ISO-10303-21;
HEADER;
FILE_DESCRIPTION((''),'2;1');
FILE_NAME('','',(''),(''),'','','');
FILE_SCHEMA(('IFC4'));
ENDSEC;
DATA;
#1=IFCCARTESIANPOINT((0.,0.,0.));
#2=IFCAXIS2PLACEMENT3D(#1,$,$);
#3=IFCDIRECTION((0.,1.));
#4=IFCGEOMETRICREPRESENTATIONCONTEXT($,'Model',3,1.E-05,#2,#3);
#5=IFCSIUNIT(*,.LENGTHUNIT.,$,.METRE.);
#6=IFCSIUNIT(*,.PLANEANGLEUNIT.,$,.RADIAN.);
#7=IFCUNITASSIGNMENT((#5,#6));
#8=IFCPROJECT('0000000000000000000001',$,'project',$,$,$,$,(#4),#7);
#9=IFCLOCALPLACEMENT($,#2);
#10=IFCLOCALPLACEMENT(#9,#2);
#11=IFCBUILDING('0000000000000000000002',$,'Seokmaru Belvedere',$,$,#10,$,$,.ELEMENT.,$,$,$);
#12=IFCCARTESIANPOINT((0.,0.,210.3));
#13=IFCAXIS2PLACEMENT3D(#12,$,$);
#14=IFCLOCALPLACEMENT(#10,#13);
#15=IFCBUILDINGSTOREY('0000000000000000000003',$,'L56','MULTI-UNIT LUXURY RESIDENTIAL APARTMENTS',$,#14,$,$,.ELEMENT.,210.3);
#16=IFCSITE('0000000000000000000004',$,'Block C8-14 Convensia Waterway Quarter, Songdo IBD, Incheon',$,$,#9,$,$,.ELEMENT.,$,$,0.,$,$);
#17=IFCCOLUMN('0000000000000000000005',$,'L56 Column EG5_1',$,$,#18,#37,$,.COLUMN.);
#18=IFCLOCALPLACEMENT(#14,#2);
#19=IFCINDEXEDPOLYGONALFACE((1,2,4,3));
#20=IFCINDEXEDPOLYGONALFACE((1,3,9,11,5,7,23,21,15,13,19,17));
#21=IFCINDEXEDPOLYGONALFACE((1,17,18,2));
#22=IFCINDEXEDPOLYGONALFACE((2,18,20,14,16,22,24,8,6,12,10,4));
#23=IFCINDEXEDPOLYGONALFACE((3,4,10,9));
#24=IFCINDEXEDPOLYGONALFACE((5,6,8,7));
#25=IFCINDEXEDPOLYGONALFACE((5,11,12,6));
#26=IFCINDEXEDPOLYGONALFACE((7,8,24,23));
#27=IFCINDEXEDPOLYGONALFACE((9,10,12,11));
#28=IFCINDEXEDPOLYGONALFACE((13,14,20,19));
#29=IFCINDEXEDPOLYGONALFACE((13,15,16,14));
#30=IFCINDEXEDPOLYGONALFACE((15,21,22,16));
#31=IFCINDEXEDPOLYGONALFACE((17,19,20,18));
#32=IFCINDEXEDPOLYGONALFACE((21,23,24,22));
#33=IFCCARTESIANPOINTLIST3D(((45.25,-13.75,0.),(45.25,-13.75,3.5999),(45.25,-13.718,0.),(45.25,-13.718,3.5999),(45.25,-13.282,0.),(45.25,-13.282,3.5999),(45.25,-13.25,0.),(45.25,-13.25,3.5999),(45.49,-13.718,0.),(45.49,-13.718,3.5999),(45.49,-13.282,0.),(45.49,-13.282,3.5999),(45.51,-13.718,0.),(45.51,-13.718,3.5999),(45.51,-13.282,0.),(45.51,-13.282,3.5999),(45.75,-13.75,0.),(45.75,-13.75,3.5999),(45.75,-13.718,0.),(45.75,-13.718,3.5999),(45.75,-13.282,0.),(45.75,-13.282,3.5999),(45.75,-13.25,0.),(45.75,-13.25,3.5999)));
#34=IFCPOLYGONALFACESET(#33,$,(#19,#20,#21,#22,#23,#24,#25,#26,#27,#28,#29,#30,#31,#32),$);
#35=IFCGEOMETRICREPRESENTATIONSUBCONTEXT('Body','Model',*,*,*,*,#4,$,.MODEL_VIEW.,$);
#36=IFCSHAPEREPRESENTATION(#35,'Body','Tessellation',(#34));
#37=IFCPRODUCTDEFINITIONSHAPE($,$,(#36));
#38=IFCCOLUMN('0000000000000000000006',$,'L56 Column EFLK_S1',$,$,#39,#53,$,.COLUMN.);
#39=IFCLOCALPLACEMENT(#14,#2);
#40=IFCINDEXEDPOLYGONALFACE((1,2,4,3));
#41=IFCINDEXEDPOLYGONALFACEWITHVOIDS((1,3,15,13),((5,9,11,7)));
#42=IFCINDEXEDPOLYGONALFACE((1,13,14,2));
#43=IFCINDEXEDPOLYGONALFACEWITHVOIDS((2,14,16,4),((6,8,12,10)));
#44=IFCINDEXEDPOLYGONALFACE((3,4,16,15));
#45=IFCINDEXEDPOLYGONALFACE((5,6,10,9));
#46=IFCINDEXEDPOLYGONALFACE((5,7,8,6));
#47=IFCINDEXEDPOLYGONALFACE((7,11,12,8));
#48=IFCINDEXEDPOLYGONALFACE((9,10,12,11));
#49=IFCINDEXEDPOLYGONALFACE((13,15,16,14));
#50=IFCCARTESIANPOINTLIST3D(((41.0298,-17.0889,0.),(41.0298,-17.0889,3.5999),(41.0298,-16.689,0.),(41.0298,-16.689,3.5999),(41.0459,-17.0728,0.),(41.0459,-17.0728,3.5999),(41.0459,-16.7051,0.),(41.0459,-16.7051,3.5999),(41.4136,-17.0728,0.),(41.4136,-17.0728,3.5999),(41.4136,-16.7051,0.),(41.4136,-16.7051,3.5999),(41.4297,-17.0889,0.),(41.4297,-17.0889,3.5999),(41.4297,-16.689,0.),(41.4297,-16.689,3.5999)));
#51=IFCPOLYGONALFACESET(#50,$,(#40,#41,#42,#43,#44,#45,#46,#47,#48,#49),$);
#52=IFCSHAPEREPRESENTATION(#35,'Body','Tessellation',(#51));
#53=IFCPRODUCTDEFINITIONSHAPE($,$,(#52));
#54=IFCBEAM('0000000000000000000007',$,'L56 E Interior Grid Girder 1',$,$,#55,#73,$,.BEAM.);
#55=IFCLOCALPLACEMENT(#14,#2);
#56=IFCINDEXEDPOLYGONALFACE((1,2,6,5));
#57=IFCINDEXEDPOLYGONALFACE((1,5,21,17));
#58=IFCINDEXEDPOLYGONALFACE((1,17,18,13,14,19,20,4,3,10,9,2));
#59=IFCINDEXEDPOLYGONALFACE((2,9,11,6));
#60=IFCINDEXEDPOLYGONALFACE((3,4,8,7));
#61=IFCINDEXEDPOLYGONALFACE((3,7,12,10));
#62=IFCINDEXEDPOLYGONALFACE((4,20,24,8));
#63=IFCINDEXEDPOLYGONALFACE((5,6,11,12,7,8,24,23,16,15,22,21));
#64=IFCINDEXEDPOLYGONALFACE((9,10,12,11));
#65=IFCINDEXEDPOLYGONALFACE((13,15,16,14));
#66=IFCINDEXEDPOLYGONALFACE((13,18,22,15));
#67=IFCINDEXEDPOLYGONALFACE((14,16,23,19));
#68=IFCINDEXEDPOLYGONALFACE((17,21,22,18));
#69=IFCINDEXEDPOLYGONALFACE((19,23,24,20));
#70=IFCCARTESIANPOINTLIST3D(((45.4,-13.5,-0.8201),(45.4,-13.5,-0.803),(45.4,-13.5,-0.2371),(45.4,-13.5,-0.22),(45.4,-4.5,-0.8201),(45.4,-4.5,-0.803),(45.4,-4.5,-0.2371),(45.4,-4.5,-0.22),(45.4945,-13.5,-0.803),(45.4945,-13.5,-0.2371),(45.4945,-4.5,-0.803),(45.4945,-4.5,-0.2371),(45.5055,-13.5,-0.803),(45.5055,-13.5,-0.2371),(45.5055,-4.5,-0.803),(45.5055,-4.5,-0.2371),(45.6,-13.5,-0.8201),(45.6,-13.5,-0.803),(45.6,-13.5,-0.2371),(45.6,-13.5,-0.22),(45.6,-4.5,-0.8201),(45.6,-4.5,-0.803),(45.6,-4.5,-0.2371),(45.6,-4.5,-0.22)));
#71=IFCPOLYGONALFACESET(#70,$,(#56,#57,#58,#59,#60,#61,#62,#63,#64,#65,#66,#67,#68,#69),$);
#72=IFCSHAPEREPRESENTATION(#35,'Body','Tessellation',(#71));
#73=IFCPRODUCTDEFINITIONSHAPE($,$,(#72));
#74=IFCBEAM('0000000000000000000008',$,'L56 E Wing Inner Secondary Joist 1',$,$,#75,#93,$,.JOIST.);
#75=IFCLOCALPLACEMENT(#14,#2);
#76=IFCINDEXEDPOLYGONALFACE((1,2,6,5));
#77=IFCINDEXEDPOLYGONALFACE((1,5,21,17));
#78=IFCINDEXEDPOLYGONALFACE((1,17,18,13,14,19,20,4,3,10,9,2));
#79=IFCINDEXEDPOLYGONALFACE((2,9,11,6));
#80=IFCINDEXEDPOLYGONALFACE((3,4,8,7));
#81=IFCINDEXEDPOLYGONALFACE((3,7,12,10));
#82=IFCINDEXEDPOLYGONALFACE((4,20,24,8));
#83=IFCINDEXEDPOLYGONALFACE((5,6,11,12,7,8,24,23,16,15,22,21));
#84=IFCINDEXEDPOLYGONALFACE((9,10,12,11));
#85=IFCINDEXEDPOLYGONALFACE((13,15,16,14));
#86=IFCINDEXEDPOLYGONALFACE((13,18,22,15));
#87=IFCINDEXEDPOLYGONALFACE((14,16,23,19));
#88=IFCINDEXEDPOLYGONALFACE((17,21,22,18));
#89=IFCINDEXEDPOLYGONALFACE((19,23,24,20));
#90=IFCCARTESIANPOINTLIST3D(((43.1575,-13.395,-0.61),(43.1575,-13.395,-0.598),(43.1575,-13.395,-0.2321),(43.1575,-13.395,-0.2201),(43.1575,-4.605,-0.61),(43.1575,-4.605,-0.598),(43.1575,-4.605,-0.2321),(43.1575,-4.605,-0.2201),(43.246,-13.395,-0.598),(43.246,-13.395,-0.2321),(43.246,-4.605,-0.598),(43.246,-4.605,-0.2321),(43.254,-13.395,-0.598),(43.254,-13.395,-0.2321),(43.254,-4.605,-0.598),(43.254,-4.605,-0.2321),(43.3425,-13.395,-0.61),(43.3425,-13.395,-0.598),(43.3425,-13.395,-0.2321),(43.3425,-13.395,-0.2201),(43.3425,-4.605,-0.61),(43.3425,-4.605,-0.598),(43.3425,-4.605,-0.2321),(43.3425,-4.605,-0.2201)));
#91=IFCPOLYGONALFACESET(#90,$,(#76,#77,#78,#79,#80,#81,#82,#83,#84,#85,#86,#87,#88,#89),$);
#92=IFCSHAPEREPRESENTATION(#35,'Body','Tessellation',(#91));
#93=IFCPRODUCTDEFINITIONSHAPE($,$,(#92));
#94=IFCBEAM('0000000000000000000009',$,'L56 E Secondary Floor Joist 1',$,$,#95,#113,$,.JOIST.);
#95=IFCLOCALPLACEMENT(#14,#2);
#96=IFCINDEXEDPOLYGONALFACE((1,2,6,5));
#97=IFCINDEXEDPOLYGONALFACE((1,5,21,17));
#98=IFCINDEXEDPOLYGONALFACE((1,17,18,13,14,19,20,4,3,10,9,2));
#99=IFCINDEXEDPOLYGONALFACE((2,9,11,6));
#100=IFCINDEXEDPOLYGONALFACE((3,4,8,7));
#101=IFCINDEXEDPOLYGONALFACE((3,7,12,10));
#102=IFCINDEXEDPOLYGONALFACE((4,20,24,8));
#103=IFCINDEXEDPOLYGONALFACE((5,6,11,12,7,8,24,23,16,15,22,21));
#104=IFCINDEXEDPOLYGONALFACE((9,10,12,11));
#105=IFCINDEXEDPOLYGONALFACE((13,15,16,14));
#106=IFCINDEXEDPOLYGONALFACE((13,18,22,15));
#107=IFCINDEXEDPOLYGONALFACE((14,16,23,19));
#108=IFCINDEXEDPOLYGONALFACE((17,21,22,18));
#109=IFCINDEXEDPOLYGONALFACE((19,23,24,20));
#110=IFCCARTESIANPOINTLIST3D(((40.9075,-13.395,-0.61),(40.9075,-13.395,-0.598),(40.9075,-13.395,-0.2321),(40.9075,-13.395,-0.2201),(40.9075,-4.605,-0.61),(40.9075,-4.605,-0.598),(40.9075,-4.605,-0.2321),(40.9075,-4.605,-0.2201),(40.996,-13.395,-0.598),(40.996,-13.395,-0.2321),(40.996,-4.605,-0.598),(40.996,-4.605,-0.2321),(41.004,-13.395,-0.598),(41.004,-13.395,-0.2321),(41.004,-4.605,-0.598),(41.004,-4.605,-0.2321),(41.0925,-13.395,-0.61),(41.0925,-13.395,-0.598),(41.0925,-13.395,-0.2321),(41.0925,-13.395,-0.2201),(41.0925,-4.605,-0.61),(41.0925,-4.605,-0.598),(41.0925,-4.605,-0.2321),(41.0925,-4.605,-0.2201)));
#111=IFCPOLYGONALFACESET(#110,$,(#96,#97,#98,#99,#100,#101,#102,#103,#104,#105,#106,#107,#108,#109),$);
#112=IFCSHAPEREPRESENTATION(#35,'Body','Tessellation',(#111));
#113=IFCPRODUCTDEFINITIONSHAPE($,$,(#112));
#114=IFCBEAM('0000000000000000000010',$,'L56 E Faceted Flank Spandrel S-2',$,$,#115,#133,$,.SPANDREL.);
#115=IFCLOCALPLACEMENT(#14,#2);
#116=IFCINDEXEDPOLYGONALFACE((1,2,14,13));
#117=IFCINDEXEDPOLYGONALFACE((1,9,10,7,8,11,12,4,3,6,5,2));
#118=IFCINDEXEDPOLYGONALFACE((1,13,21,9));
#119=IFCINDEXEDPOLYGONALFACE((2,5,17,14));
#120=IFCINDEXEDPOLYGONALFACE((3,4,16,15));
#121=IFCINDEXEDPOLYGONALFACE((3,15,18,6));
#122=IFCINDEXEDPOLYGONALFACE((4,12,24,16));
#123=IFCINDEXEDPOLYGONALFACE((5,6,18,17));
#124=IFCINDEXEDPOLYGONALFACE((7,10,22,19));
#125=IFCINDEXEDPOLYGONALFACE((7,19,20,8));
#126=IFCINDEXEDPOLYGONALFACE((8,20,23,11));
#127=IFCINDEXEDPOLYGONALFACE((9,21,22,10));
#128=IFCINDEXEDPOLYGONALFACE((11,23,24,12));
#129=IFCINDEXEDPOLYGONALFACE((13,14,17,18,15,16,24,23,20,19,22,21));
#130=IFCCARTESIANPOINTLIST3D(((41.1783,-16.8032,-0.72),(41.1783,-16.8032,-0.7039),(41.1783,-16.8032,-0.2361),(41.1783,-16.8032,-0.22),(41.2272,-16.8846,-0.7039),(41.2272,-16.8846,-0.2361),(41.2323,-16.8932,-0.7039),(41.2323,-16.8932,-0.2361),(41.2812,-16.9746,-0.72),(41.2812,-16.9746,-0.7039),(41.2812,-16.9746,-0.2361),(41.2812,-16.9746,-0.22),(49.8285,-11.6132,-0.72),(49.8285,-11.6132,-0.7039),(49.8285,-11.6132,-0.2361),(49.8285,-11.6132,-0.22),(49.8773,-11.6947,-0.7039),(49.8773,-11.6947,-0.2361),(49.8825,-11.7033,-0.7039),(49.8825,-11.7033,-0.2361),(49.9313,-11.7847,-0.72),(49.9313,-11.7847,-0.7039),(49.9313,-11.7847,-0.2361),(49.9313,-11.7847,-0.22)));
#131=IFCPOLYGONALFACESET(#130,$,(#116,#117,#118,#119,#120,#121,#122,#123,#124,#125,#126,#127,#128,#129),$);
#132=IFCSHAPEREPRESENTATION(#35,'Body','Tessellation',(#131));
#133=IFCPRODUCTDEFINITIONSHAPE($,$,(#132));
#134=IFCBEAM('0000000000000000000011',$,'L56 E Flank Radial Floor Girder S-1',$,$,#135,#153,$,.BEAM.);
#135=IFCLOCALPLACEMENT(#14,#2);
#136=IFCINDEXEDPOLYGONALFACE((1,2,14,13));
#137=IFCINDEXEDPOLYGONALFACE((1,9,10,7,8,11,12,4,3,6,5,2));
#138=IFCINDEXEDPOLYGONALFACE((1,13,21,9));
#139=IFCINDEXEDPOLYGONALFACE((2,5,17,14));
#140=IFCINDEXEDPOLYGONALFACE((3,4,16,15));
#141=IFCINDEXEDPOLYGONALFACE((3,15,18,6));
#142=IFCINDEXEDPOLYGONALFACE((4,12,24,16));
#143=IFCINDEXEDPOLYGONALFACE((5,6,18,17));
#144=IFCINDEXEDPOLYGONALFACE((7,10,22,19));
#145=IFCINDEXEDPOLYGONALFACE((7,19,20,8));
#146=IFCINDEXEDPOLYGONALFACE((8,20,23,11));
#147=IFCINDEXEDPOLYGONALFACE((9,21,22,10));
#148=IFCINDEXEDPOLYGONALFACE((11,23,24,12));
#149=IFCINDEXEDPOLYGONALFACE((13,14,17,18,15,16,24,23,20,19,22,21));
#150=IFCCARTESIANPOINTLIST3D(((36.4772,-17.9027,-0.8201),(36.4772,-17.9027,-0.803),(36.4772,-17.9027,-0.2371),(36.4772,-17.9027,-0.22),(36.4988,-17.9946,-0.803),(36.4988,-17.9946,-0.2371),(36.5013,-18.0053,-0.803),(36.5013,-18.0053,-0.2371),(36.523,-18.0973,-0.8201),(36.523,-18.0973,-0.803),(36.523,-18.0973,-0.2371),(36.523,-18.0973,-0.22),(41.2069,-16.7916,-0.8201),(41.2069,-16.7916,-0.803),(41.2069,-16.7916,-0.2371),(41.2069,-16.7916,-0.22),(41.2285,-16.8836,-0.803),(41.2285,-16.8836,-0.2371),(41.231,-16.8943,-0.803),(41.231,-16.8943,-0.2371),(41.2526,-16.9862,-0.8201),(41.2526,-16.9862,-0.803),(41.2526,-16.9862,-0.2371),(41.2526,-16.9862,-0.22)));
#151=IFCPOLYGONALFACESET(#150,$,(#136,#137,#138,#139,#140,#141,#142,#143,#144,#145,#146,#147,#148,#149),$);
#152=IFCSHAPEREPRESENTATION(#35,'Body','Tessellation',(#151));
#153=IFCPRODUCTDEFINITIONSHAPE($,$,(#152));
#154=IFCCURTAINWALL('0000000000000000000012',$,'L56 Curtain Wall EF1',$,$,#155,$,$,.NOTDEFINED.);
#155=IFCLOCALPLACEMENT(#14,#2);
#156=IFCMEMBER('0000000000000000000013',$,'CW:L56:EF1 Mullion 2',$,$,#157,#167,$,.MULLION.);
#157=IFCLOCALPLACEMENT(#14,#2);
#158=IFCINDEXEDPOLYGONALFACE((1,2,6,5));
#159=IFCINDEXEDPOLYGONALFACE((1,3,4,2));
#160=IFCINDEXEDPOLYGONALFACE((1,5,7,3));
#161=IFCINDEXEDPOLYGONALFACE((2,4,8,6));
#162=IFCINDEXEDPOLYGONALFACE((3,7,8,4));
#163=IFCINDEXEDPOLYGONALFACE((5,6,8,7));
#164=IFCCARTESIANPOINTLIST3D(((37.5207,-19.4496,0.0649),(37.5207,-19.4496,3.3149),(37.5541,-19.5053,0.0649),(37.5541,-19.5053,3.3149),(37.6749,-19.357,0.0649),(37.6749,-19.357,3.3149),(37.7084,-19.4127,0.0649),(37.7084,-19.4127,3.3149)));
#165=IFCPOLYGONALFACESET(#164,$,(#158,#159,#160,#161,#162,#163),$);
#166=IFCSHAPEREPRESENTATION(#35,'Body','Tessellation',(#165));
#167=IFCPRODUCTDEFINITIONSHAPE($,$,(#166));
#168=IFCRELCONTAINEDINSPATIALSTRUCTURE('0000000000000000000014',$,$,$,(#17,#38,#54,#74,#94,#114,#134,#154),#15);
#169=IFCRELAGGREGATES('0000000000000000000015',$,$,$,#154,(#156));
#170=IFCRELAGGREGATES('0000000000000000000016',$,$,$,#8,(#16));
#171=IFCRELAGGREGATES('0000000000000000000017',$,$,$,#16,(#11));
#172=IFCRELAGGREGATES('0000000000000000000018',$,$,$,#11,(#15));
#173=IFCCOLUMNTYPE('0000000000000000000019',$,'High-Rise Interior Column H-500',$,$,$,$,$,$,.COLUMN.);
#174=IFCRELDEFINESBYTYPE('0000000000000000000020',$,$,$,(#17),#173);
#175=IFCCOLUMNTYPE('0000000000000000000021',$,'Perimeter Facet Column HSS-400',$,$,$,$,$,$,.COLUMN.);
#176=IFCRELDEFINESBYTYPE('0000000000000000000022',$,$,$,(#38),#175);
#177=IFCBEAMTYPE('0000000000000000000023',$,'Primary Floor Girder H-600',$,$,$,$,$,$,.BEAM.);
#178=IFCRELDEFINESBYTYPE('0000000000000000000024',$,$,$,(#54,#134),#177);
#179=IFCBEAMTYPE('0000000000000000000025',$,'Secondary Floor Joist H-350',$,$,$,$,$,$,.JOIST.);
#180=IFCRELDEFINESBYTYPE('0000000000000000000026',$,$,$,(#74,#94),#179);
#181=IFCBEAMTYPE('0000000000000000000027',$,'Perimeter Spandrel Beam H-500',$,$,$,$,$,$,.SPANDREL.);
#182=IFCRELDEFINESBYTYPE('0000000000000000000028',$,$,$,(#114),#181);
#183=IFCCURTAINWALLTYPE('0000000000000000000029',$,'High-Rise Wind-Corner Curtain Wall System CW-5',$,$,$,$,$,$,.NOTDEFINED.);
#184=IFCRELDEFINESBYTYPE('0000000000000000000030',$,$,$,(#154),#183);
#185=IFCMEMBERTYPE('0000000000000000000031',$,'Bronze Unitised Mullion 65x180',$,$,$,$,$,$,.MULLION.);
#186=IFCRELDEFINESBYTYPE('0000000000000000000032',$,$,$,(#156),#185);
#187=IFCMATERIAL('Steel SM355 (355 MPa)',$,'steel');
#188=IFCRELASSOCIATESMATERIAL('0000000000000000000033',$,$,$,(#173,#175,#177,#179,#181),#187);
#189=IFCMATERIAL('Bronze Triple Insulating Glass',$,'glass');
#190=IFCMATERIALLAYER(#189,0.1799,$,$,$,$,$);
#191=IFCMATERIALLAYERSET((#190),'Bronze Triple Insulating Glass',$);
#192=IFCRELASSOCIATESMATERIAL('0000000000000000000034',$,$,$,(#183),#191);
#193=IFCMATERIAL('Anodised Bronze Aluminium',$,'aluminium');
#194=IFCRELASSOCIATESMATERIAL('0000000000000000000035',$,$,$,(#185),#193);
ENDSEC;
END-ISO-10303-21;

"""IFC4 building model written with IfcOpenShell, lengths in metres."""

from ifc_helpers import new_model, si_unit, direction, frame, origin, origin_2d, place, context, subcontext, project, spatial, rectangle, hollow_rectangle, i_section, extrude, source, transform, mapped, material, layer, layer_set, material_profile, profile_set, type_object, type_shapes, element, aggregate, save


model = new_model("IFC4")

# Units and contexts
model_context = context("Model", 3, precision=1e-05, world=origin(), true_north=direction((0.0, 1.0)))
body_context = subcontext(model_context, "Body", "Model", "MODEL_VIEW")
ifc_project = project(units=[si_unit("LENGTHUNIT", "METRE"), si_unit("PLANEANGLEUNIT", "RADIAN")], contexts=[model_context])

# Site, building, storey
site_placement = place(None, origin())
site = spatial("IfcSite", under=ifc_project, at=site_placement, Name="Block C8-14 Convensia Waterway Quarter, Songdo IBD, Incheon", CompositionType="ELEMENT", RefElevation=0.0)
building_placement = place(site_placement, origin())
building = spatial("IfcBuilding", under=site, at=building_placement, Name="Seokmaru Belvedere", CompositionType="ELEMENT")
storey_placement = place(building_placement, frame((0.0, 0.0, 210.3)))
storey = spatial("IfcBuildingStorey", under=building, at=storey_placement, Name="L56", Description="MULTI-UNIT LUXURY RESIDENTIAL APARTMENTS", CompositionType="ELEMENT", Elevation=210.3)

# Columns
ifc_material_1 = material(Name="Steel SM355 (355 MPa)", Category="steel")
ifc_material_profile_1 = material_profile(ifc_material_1, i_section(OverallWidth=0.5, OverallDepth=0.5, WebThickness=0.02, FlangeThickness=0.032, at=origin_2d()), Name="H-500x500x20x32")
ifc_profile_set_1 = profile_set([ifc_material_profile_1], Name="Steel SM355 (355 MPa)")
column_type_1 = type_object("IfcColumnType", Name="High-Rise Interior Column H-500", PredefinedType="COLUMN", material=ifc_profile_set_1)
shared_shape_1 = source(origin(), body_context, "Body", "SweptSolid", [
    extrude(i_section(OverallWidth=0.5, OverallDepth=0.5, WebThickness=0.02, FlangeThickness=0.032, at=origin_2d()), origin(), (0.0, 0.0, 1.0), 3.5999),
])
type_shapes(column_type_1, [shared_shape_1])
column_1_placement = place(storey_placement, frame((45.5, -13.5, 0.0), z_axis=(0.0, 0.0, 1.0), x_axis=(1.0, 0.0, 0.0)))
element("IfcColumn", 1, at=column_1_placement, inside=storey, type_object=column_type_1, Name="L56 Column EG5_1", PredefinedType="COLUMN", context=body_context, shape_type="MappedRepresentation", body=[
    mapped(shared_shape_1, transform((0.0, 0.0, 0.0), scale=1.0)),
])
ifc_material_profile_2 = material_profile(ifc_material_1, hollow_rectangle(XDim=0.3999, YDim=0.3999, WallThickness=0.0161, at=origin_2d()), Name="HSS-400x400x16")
ifc_profile_set_2 = profile_set([ifc_material_profile_2], Name="Steel SM355 (355 MPa)")
column_type_2 = type_object("IfcColumnType", Name="Perimeter Facet Column HSS-400", PredefinedType="COLUMN", material=ifc_profile_set_2)
shared_shape_2 = source(origin(), body_context, "Body", "SweptSolid", [
    extrude(hollow_rectangle(XDim=0.3999, YDim=0.3999, WallThickness=0.0161, at=origin_2d()), origin(), (0.0, 0.0, 1.0), 3.5999),
])
type_shapes(column_type_2, [shared_shape_2])
column_2_placement = place(storey_placement, frame((41.2297, -16.8889, 0.0), z_axis=(0.0, 0.0, 1.0), x_axis=(1.0, 0.0, 0.0)))
element("IfcColumn", 2, at=column_2_placement, inside=storey, type_object=column_type_2, Name="L56 Column EFLK_S1", PredefinedType="COLUMN", context=body_context, shape_type="MappedRepresentation", body=[
    mapped(shared_shape_2, transform((0.0, 0.0, 0.0), scale=1.0)),
])

# Beams
ifc_material_profile_3 = material_profile(ifc_material_1, i_section(OverallWidth=0.2, OverallDepth=0.6001, WebThickness=0.011, FlangeThickness=0.0171, at=origin_2d()), Name="H-600x200x11x17")
ifc_profile_set_3 = profile_set([ifc_material_profile_3], Name="Steel SM355 (355 MPa)")
beam_type_1 = type_object("IfcBeamType", Name="Primary Floor Girder H-600", PredefinedType="BEAM", material=ifc_profile_set_3)
shared_shape_3 = source(origin(), body_context, "Body", "SweptSolid", [
    extrude(i_section(OverallWidth=0.2, OverallDepth=0.6001, WebThickness=0.011, FlangeThickness=0.0171, at=origin_2d()), origin(), (0.0, 0.0, 1.0), 9.0),
])
beam_1_placement = place(storey_placement, frame((45.5, -13.5, -0.52), z_axis=(0.0, 1.0, 0.0), x_axis=(-1.0, 0.0, 0.0)))
element("IfcBeam", 3, at=beam_1_placement, inside=storey, type_object=beam_type_1, Name="L56 E Interior Grid Girder 1", PredefinedType="BEAM", context=body_context, shape_type="MappedRepresentation", body=[
    mapped(shared_shape_3, transform((0.0, 0.0, 0.0), scale=1.0)),
])
ifc_material_profile_4 = material_profile(ifc_material_1, i_section(OverallWidth=0.1851, OverallDepth=0.3899, WebThickness=0.0081, FlangeThickness=0.012, at=origin_2d()), Name="H-390x185x8x12")
ifc_profile_set_4 = profile_set([ifc_material_profile_4], Name="Steel SM355 (355 MPa)")
beam_type_2 = type_object("IfcBeamType", Name="Secondary Floor Joist H-350", PredefinedType="JOIST", material=ifc_profile_set_4)
shared_shape_4 = source(origin(), body_context, "Body", "SweptSolid", [
    extrude(i_section(OverallWidth=0.1851, OverallDepth=0.3899, WebThickness=0.0081, FlangeThickness=0.012, at=origin_2d()), origin(), (0.0, 0.0, 1.0), 8.79),
])
type_shapes(beam_type_2, [shared_shape_4])
for number, where, z_axis, x_axis, name in (
    (4, (43.25, -13.395, -0.415), (0.0, 1.0, 0.0), (-1.0, 0.0, 0.0), "L56 E Wing Inner Secondary Joist 1"),
    (5, (41.0, -13.395, -0.415), (0.0, 1.0, 0.0), (-1.0, 0.0, 0.0), "L56 E Secondary Floor Joist 1"),
):
    element("IfcBeam", number, at=place(storey_placement, frame(where, z_axis=z_axis, x_axis=x_axis)), inside=storey, type_object=beam_type_2, Name=name, PredefinedType="JOIST", context=body_context, shape_type="MappedRepresentation", body=[
        mapped(shared_shape_4, transform((0.0, 0.0, 0.0), scale=1.0)),
    ])
ifc_material_profile_5 = material_profile(ifc_material_1, i_section(OverallWidth=0.2, OverallDepth=0.5, WebThickness=0.01, FlangeThickness=0.0161, at=origin_2d()), Name="H-500x200x10x16")
ifc_profile_set_5 = profile_set([ifc_material_profile_5], Name="Steel SM355 (355 MPa)")
beam_type_3 = type_object("IfcBeamType", Name="Perimeter Spandrel Beam H-500", PredefinedType="SPANDREL", material=ifc_profile_set_5)
shared_shape_5 = source(origin(), body_context, "Body", "SweptSolid", [
    extrude(i_section(OverallWidth=0.2, OverallDepth=0.5, WebThickness=0.01, FlangeThickness=0.0161, at=origin_2d()), origin(), (0.0, 0.0, 1.0), 10.0876),
])
type_shapes(beam_type_3, [shared_shape_5])
beam_2_placement = place(storey_placement, frame((41.2297, -16.8889, -0.47), z_axis=(0.857499, 0.514485, 0.0), x_axis=(-0.514485, 0.857499, 0.0)))
element("IfcBeam", 6, at=beam_2_placement, inside=storey, type_object=beam_type_3, Name="L56 E Faceted Flank Spandrel S-2", PredefinedType="SPANDREL", context=body_context, shape_type="MappedRepresentation", body=[
    mapped(shared_shape_5, transform((0.0, 0.0, 0.0), scale=1.0)),
])
shared_shape_6 = source(origin(), body_context, "Body", "SweptSolid", [
    extrude(i_section(OverallWidth=0.2, OverallDepth=0.6001, WebThickness=0.011, FlangeThickness=0.0171, at=origin_2d()), origin(), (0.0, 0.0, 1.0), 4.8584),
])
type_shapes(beam_type_1, [shared_shape_3, shared_shape_6])
beam_3_placement = place(storey_placement, frame((41.2297, -16.8889, -0.52), z_axis=(-0.973499, -0.228689, 0.0), x_axis=(0.228689, -0.973499, 0.0)))
element("IfcBeam", 7, at=beam_3_placement, inside=storey, type_object=beam_type_1, Name="L56 E Flank Radial Floor Girder S-1", PredefinedType="BEAM", context=body_context, shape_type="MappedRepresentation", body=[
    mapped(shared_shape_6, transform((0.0, 0.0, 0.0), scale=1.0)),
])

# Curtain wall, member
ifc_material_2 = material(Name="Bronze Triple Insulating Glass", Category="glass")
ifc_layer_1 = layer(ifc_material_2, 0.1799)
ifc_layer_set_1 = layer_set([ifc_layer_1], Name="Bronze Triple Insulating Glass")
curtain_wall_type = type_object("IfcCurtainWallType", Name="High-Rise Wind-Corner Curtain Wall System CW-5", PredefinedType="NOTDEFINED", material=ifc_layer_set_1)
curtain_wall_placement = place(storey_placement, origin())
curtain_wall = element("IfcCurtainWall", 8, at=curtain_wall_placement, inside=storey, type_object=curtain_wall_type, Name="L56 Curtain Wall EF1", PredefinedType="NOTDEFINED")
ifc_material_3 = material(Name="Anodised Bronze Aluminium", Category="aluminium")
ifc_material_profile_6 = material_profile(ifc_material_3, rectangle(XDim=0.0649, YDim=0.1799, at=origin_2d()), Name="CW-M-65x180")
ifc_profile_set_6 = profile_set([ifc_material_profile_6], Name="Anodised Bronze Aluminium")
member_type = type_object("IfcMemberType", Name="Bronze Unitised Mullion 65x180", PredefinedType="MULLION", material=ifc_profile_set_6)
shared_shape_7 = source(origin(), body_context, "Body", "SweptSolid", [
    extrude(rectangle(XDim=0.0649, YDim=0.1799, at=origin_2d()), origin(), (0.0, 0.0, 1.0), 3.25),
])
type_shapes(member_type, [shared_shape_7])
member_1_placement = place(storey_placement, frame((37.6145, -19.4312, 0.0649), z_axis=(0.0, 0.0, 1.0), x_axis=(-0.514495, 0.857493, 0.0)))
member_1 = element("IfcMember", 9, at=member_1_placement, type_object=member_type, Name="CW:L56:EF1 Mullion 2", PredefinedType="MULLION", context=body_context, shape_type="MappedRepresentation", body=[
    mapped(shared_shape_7, transform((0.0, 0.0, 0.0), scale=1.0)),
])
aggregate(curtain_wall, [member_1])

save(model, "model.ifc")
